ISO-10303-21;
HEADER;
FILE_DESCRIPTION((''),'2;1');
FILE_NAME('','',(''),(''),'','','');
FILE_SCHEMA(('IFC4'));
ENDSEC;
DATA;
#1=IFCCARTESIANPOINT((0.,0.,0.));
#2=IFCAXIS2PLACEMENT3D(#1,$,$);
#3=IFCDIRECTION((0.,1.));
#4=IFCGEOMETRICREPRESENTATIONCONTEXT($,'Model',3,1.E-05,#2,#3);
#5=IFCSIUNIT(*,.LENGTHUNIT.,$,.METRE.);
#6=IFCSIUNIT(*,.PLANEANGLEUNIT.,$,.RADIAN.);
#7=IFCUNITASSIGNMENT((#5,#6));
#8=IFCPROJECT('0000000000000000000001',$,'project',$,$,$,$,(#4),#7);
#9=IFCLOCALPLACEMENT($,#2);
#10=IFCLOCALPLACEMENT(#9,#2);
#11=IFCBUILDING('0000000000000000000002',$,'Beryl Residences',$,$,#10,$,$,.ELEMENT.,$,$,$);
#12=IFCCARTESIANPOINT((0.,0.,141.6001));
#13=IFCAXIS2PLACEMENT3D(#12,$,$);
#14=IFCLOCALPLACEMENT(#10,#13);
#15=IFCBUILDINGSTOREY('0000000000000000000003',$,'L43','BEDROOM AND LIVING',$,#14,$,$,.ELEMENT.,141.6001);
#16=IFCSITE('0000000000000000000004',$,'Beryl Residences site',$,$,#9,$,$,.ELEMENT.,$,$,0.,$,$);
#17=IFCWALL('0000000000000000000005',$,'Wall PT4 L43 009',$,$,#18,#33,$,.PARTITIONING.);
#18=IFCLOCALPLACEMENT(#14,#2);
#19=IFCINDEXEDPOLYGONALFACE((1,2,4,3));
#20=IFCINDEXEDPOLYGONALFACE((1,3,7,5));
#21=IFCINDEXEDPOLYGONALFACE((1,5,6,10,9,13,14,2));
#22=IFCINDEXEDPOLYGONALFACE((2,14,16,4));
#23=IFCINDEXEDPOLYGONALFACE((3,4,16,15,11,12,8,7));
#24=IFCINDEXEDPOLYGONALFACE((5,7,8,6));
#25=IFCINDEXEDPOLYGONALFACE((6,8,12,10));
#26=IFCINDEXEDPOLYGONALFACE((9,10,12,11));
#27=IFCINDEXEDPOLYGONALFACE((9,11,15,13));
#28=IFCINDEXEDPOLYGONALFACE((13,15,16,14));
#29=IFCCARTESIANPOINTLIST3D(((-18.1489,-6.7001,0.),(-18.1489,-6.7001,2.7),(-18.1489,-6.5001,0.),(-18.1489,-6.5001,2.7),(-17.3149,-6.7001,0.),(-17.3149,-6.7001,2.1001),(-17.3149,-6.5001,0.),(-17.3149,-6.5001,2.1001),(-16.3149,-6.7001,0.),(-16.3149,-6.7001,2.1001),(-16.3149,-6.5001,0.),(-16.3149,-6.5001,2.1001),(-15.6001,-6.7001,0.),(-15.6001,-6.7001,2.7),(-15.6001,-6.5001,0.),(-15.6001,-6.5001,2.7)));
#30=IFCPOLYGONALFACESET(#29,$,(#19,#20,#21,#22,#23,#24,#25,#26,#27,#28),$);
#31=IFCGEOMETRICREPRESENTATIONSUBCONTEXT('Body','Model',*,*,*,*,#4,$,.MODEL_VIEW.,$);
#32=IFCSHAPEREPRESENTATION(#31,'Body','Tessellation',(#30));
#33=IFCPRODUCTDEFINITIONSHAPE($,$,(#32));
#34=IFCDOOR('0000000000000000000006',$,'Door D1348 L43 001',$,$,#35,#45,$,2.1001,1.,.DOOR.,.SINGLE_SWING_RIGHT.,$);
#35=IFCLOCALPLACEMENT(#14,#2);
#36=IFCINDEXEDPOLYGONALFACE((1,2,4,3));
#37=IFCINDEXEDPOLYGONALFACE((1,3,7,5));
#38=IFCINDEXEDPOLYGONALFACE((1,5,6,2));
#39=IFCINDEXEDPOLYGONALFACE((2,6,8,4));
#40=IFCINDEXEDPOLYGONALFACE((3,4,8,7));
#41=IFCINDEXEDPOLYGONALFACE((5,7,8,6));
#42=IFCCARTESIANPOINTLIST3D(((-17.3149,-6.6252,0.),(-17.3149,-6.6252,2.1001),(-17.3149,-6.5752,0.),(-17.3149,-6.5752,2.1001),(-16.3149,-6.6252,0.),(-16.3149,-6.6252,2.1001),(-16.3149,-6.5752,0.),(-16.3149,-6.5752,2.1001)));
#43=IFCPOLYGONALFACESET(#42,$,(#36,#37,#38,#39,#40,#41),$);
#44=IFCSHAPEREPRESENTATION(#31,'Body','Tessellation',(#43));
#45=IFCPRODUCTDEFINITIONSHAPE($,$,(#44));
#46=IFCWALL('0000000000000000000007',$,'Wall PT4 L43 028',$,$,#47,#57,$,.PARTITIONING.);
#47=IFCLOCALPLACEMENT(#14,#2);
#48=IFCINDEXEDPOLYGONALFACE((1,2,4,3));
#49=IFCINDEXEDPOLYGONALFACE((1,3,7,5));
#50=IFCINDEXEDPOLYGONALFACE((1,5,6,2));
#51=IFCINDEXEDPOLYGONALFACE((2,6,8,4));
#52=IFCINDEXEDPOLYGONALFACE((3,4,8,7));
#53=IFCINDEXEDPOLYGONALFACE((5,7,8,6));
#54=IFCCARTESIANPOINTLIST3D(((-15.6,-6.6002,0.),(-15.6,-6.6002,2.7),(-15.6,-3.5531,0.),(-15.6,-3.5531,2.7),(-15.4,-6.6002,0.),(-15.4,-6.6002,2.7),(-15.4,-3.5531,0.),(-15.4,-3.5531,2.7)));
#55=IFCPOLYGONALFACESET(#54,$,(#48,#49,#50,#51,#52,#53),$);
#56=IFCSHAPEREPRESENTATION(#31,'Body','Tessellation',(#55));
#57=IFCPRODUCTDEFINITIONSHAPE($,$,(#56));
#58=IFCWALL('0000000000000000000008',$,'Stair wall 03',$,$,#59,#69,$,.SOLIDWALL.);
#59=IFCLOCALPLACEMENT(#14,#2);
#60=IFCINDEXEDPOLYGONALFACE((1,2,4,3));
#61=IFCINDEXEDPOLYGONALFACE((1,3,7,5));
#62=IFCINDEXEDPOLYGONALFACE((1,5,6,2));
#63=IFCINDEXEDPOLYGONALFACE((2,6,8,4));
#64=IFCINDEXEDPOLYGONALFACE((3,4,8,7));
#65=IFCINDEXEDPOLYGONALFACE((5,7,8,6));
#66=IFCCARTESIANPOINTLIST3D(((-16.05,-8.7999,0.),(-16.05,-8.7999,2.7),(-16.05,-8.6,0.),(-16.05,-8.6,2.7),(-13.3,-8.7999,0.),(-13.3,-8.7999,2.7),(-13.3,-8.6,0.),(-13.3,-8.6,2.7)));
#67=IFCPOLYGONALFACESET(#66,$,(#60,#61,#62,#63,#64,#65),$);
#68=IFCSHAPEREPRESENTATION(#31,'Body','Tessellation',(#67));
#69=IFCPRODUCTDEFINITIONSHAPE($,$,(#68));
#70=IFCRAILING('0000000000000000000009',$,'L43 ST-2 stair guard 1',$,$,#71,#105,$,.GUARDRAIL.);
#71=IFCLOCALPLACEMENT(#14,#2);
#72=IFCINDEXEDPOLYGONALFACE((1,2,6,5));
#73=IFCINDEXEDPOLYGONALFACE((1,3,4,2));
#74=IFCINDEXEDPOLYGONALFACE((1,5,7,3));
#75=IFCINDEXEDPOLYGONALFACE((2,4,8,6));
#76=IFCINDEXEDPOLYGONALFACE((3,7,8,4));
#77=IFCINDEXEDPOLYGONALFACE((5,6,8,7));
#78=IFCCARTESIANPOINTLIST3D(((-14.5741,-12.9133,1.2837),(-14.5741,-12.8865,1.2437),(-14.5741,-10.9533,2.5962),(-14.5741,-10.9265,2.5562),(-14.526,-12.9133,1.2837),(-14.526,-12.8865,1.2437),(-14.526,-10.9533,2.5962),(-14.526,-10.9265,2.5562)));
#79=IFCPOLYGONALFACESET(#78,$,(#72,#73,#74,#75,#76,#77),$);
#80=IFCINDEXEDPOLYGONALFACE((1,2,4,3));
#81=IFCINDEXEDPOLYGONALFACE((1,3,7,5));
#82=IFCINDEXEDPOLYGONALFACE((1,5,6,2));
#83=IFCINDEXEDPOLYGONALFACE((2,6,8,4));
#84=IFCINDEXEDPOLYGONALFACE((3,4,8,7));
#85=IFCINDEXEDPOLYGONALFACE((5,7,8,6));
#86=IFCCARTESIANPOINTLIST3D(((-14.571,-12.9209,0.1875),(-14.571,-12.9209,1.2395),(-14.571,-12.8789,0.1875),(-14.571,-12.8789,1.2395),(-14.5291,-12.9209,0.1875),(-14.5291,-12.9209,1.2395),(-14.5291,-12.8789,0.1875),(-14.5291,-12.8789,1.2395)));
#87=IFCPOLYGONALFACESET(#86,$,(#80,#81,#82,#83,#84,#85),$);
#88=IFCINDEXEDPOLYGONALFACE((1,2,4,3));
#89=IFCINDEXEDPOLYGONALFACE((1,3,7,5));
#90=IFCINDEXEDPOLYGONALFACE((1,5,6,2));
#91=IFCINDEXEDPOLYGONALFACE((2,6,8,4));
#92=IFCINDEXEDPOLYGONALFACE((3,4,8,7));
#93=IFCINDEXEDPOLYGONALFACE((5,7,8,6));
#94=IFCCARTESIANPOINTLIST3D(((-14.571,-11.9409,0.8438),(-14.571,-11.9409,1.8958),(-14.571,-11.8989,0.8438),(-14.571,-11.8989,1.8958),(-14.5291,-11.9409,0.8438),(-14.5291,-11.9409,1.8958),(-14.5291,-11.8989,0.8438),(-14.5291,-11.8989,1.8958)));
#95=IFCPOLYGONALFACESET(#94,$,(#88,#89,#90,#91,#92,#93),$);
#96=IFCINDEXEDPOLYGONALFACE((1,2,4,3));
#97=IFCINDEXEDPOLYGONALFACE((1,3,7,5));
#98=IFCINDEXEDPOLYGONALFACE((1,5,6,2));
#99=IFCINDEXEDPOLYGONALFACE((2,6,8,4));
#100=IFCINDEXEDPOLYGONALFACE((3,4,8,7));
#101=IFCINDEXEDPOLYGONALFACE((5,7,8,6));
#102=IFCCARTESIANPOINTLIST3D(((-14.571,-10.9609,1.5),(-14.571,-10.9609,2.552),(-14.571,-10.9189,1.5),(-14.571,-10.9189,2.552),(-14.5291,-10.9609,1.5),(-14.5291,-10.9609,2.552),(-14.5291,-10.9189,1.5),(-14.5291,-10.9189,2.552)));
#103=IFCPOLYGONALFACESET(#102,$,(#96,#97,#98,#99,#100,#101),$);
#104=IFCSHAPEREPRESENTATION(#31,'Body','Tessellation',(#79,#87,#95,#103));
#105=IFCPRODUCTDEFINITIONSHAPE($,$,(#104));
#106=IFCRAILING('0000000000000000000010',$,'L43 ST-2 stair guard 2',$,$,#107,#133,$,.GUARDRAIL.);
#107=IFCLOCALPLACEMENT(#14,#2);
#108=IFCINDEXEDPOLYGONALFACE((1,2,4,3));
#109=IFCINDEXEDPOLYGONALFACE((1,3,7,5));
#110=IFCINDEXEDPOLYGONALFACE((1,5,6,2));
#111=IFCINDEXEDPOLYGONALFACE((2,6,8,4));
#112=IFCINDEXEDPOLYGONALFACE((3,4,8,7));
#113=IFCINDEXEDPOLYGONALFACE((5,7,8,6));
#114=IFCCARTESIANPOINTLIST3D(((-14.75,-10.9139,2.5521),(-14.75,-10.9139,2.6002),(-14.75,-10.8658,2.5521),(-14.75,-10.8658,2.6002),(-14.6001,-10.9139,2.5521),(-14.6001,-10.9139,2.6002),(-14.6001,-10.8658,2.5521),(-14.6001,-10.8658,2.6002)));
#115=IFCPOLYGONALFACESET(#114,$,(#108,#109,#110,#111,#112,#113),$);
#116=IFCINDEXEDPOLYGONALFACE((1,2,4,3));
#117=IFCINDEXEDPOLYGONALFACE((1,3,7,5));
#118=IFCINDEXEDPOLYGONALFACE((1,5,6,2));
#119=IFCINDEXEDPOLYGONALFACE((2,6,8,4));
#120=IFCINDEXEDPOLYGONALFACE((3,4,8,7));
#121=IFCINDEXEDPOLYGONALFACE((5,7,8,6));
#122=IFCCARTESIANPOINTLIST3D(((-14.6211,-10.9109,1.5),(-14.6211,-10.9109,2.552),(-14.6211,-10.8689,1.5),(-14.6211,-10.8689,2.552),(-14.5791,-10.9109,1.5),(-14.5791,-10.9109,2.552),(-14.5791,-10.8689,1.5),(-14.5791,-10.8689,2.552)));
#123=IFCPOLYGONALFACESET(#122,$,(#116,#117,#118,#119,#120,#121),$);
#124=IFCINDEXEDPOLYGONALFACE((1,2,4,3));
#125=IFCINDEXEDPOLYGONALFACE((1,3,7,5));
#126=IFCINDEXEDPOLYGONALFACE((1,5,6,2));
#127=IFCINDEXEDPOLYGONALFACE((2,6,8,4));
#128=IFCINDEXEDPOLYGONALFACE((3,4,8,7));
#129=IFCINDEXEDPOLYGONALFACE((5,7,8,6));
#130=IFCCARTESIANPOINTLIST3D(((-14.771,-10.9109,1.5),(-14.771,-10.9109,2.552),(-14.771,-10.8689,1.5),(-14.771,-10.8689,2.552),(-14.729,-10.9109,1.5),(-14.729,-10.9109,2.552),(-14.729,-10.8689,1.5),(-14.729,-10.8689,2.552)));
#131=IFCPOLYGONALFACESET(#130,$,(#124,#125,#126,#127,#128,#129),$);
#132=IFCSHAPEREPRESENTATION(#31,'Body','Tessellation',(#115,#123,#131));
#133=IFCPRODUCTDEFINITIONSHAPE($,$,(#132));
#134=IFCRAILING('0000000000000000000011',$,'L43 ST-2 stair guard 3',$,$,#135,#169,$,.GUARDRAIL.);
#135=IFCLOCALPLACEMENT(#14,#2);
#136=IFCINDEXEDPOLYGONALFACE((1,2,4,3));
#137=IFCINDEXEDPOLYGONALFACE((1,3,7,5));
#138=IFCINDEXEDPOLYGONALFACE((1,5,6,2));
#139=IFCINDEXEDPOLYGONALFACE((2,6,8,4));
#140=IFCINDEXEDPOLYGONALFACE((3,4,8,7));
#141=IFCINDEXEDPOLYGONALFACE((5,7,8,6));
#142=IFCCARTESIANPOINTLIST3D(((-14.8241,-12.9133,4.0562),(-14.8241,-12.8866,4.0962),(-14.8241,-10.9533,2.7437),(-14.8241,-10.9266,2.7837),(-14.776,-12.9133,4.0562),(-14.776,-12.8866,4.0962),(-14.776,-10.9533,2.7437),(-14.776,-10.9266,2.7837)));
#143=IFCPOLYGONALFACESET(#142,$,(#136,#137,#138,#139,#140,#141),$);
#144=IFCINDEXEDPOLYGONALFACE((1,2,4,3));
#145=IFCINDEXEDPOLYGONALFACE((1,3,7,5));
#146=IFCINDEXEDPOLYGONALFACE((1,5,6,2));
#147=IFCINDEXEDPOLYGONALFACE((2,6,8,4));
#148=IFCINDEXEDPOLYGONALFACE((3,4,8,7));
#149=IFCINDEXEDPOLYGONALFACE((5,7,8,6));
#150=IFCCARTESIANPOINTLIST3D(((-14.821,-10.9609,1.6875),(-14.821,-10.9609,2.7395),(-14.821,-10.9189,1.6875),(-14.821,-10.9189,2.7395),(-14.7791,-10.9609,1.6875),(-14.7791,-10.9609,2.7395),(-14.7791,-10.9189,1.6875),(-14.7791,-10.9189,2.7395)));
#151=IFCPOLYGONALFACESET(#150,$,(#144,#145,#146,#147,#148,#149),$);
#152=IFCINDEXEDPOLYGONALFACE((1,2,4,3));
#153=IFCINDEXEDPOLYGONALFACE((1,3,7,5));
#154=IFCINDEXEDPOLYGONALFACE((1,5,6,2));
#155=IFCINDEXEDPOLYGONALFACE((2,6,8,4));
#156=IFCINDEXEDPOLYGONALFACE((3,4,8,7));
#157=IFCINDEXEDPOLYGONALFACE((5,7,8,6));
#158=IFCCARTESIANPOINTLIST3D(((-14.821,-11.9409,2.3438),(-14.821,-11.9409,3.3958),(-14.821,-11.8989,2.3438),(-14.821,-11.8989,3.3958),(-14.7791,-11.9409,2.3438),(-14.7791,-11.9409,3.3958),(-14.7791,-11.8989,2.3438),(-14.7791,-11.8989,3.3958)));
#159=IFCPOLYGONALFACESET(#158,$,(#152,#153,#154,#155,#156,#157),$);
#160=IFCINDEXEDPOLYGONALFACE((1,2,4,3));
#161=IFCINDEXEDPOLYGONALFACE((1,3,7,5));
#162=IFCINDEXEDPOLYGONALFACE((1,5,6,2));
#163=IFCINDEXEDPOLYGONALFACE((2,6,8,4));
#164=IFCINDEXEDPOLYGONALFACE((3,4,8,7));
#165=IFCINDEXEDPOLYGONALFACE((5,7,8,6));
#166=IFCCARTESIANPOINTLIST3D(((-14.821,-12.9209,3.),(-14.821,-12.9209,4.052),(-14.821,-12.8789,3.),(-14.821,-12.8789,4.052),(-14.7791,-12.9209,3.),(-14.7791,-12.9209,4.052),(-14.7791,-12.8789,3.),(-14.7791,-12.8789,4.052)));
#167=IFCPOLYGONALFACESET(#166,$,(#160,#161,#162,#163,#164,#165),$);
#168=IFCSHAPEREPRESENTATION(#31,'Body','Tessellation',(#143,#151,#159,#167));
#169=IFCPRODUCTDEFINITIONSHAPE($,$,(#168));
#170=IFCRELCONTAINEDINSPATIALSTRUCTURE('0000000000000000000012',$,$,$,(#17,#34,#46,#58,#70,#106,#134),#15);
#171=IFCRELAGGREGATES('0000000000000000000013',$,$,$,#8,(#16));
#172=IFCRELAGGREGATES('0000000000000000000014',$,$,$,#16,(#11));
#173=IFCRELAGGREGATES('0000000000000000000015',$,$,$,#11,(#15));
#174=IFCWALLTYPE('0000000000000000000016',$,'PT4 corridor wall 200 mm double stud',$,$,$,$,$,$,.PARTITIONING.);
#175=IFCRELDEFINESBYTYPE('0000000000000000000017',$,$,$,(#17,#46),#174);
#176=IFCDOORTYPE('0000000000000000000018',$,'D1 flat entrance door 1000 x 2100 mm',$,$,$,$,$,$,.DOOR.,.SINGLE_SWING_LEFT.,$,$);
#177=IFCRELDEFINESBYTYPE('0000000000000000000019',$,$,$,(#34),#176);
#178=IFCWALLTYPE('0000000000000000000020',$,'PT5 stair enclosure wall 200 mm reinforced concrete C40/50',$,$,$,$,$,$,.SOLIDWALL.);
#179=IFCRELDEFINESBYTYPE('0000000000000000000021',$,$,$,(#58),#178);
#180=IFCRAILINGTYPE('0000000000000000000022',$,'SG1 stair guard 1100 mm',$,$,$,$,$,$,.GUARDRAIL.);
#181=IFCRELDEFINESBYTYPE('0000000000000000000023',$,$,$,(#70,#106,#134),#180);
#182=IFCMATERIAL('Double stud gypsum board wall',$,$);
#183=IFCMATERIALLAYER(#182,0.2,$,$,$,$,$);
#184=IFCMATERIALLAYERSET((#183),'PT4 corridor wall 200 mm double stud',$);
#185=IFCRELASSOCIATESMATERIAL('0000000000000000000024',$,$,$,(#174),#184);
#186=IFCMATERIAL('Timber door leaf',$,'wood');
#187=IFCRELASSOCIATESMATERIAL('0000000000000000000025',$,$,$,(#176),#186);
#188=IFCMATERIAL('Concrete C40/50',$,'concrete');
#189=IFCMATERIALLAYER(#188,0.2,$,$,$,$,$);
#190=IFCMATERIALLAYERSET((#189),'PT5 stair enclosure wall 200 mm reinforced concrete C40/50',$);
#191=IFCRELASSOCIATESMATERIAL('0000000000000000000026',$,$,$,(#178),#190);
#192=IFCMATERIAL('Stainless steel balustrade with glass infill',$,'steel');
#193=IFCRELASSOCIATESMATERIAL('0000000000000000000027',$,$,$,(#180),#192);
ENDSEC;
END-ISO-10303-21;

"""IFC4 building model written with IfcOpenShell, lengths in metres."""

from ifc_helpers import new_model, si_unit, direction, frame, frame_2d, origin, origin_2d, place, context, subcontext, project, spatial, rectangle, extrude, material, layer, layer_set, type_object, element, fill, save


model = new_model("IFC4")

# Units and contexts
model_context = context("Model", 3, precision=1e-05, world=origin(), true_north=direction((0.0, 1.0)))
body_context = subcontext(model_context, "Body", "Model", "MODEL_VIEW")
ifc_project = project(units=[si_unit("LENGTHUNIT", "METRE"), si_unit("PLANEANGLEUNIT", "RADIAN")], contexts=[model_context])

# Site, building, storey
site_placement = place(None, origin())
site = spatial("IfcSite", under=ifc_project, at=site_placement, Name="Beryl Residences site", CompositionType="ELEMENT", RefElevation=0.0)
building_placement = place(site_placement, origin())
building = spatial("IfcBuilding", under=site, at=building_placement, Name="Beryl Residences", CompositionType="ELEMENT")
storey_placement = place(building_placement, frame((0.0, 0.0, 141.6001)))
storey = spatial("IfcBuildingStorey", under=building, at=storey_placement, Name="L43", Description="BEDROOM AND LIVING", CompositionType="ELEMENT", Elevation=141.6001)

# Wall, opening, door
ifc_material_1 = material(Name="Double stud gypsum board wall")
ifc_layer_1 = layer(ifc_material_1, 0.2)
ifc_layer_set_1 = layer_set([ifc_layer_1], Name="PT4 corridor wall 200 mm double stud")
wall_type_1 = type_object("IfcWallType", Name="PT4 corridor wall 200 mm double stud", PredefinedType="PARTITIONING", material=ifc_layer_set_1)
wall_1_placement = place(storey_placement, frame((-18.1489, -6.6001, 0.0), z_axis=(0.0, 0.0, 1.0), x_axis=(1.0, 0.0, 0.0)))
wall_1 = element("IfcWall", 1, at=wall_1_placement, inside=storey, type_object=wall_type_1, Name="Wall PT4 L43 009", PredefinedType="PARTITIONING", context=body_context, shape_type="SweptSolid", body=[
    extrude(rectangle(XDim=2.5488, YDim=0.2, at=frame_2d((1.2744, 0.0))), origin(), (0.0, 0.0, 1.0), 2.7),
])
opening_1_placement = place(wall_1_placement, frame((0.834, 0.0, 0.0)))
opening_1 = element("IfcOpeningElement", 2, at=opening_1_placement, cuts=wall_1, PredefinedType="OPENING", context=body_context, shape_type="SweptSolid", body=[
    extrude(rectangle(XDim=1.0, YDim=2.1001, at=frame_2d((0.5, 1.05))), frame((0.0, 0.1099, 0.0), z_axis=(0.0, -1.0, 0.0), x_axis=(1.0, 0.0, 0.0)), (0.0, 0.0, 1.0), 0.22),
])
ifc_material_2 = material(Name="Timber door leaf", Category="wood")
door_type_1 = type_object("IfcDoorType", Name="D1 flat entrance door 1000 x 2100 mm", OperationType="SINGLE_SWING_LEFT", PredefinedType="DOOR", material=ifc_material_2)
door_1_placement = place(opening_1_placement, origin())
door_1 = element("IfcDoor", 3, at=door_1_placement, inside=storey, type_object=door_type_1, Name="Door D1348 L43 001", OperationType="SINGLE_SWING_RIGHT", OverallHeight=2.1001, OverallWidth=1.0, PredefinedType="DOOR", context=body_context, shape_type="SweptSolid", body=[
    extrude(rectangle(XDim=1.0, YDim=2.1001, at=frame_2d((0.5, 1.05))), frame((0.0, 0.0249, 0.0), z_axis=(0.0, -1.0, 0.0), x_axis=(1.0, 0.0, 0.0)), (0.0, 0.0, 1.0), 0.05),
])
fill(opening_1, door_1)

# Walls
wall_2_placement = place(storey_placement, frame((-15.5, -6.6001, 0.0), z_axis=(0.0, 0.0, 1.0), x_axis=(0.0, 1.0, 0.0)))
element("IfcWall", 4, at=wall_2_placement, inside=storey, type_object=wall_type_1, Name="Wall PT4 L43 028", PredefinedType="PARTITIONING", context=body_context, shape_type="SweptSolid", body=[
    extrude(rectangle(XDim=3.0471, YDim=0.2, at=frame_2d((1.5234, 0.0))), origin(), (0.0, 0.0, 1.0), 2.7),
])
ifc_material_3 = material(Name="Concrete C40/50", Category="concrete")
ifc_layer_2 = layer(ifc_material_3, 0.2)
ifc_layer_set_2 = layer_set([ifc_layer_2], Name="PT5 stair enclosure wall 200 mm reinforced concrete C40/50")
wall_type_2 = type_object("IfcWallType", Name="PT5 stair enclosure wall 200 mm reinforced concrete C40/50", PredefinedType="SOLIDWALL", material=ifc_layer_set_2)
wall_3_placement = place(storey_placement, frame((-16.05, -8.7, 0.0), z_axis=(0.0, 0.0, 1.0), x_axis=(1.0, 0.0, 0.0)))
element("IfcWall", 5, at=wall_3_placement, inside=storey, type_object=wall_type_2, Name="Stair wall 03", PredefinedType="SOLIDWALL", context=body_context, shape_type="SweptSolid", body=[
    extrude(rectangle(XDim=2.75, YDim=0.2, at=frame_2d((1.375, 0.0))), origin(), (0.0, 0.0, 1.0), 2.7),
])

# Railings
ifc_material_4 = material(Name="Stainless steel balustrade with glass infill", Category="steel")
railing_type_1 = type_object("IfcRailingType", Name="SG1 stair guard 1100 mm", PredefinedType="GUARDRAIL", material=ifc_material_4)
railing_1_placement = place(storey_placement, frame((-14.55, -12.8999, 0.1875)))
element("IfcRailing", 6, at=railing_1_placement, inside=storey, type_object=railing_type_1, Name="L43 ST-2 stair guard 1", PredefinedType="GUARDRAIL", context=body_context, shape_type="SweptSolid", body=[
    extrude(rectangle(XDim=0.0481, YDim=0.0481, at=origin_2d()), frame((0.0, 0.0, 1.0762), z_axis=(0.0, 0.830902, 0.556419), x_axis=(-1.0, 0.0, 0.0)), (0.0, 0.0, 1.0), 2.3589),
    extrude(rectangle(XDim=0.042, YDim=0.042, at=origin_2d()), origin(), (0.0, 0.0, 1.0), 1.052),
    extrude(rectangle(XDim=0.042, YDim=0.042, at=origin_2d()), frame((0.0, 0.98, 0.6562)), (0.0, 0.0, 1.0), 1.052),
    extrude(rectangle(XDim=0.042, YDim=0.042, at=origin_2d()), frame((0.0, 1.96, 1.3125)), (0.0, 0.0, 1.0), 1.052),
])
railing_2_placement = place(storey_placement, frame((-14.6001, -10.8899, 1.5)))
element("IfcRailing", 7, at=railing_2_placement, inside=storey, type_object=railing_type_1, Name="L43 ST-2 stair guard 2", PredefinedType="GUARDRAIL", context=body_context, shape_type="SweptSolid", body=[
    extrude(rectangle(XDim=0.0481, YDim=0.0481, at=origin_2d()), frame((0.0, 0.0, 1.0762), z_axis=(-1.0, 0.0, 0.0), x_axis=(0.0, -1.0, 0.0)), (0.0, 0.0, 1.0), 0.1499),
    extrude(rectangle(XDim=0.042, YDim=0.042, at=origin_2d()), origin(), (0.0, 0.0, 1.0), 1.052),
    extrude(rectangle(XDim=0.042, YDim=0.042, at=origin_2d()), frame((-0.1499, 0.0, 0.0)), (0.0, 0.0, 1.0), 1.052),
])
railing_3_placement = place(storey_placement, frame((-14.8, -10.9399, 1.6875)))
element("IfcRailing", 8, at=railing_3_placement, inside=storey, type_object=railing_type_1, Name="L43 ST-2 stair guard 3", PredefinedType="GUARDRAIL", context=body_context, shape_type="SweptSolid", body=[
    extrude(rectangle(XDim=0.0481, YDim=0.0481, at=origin_2d()), frame((0.0, 0.0, 1.0762), z_axis=(0.0, -0.830902, 0.556419), x_axis=(1.0, 0.0, 0.0)), (0.0, 0.0, 1.0), 2.3589),
    extrude(rectangle(XDim=0.042, YDim=0.042, at=origin_2d()), origin(), (0.0, 0.0, 1.0), 1.052),
    extrude(rectangle(XDim=0.042, YDim=0.042, at=origin_2d()), frame((0.0, -0.98, 0.6562)), (0.0, 0.0, 1.0), 1.052),
    extrude(rectangle(XDim=0.042, YDim=0.042, at=origin_2d()), frame((0.0, -1.96, 1.3125)), (0.0, 0.0, 1.0), 1.052),
])

save(model, "model.ifc")
